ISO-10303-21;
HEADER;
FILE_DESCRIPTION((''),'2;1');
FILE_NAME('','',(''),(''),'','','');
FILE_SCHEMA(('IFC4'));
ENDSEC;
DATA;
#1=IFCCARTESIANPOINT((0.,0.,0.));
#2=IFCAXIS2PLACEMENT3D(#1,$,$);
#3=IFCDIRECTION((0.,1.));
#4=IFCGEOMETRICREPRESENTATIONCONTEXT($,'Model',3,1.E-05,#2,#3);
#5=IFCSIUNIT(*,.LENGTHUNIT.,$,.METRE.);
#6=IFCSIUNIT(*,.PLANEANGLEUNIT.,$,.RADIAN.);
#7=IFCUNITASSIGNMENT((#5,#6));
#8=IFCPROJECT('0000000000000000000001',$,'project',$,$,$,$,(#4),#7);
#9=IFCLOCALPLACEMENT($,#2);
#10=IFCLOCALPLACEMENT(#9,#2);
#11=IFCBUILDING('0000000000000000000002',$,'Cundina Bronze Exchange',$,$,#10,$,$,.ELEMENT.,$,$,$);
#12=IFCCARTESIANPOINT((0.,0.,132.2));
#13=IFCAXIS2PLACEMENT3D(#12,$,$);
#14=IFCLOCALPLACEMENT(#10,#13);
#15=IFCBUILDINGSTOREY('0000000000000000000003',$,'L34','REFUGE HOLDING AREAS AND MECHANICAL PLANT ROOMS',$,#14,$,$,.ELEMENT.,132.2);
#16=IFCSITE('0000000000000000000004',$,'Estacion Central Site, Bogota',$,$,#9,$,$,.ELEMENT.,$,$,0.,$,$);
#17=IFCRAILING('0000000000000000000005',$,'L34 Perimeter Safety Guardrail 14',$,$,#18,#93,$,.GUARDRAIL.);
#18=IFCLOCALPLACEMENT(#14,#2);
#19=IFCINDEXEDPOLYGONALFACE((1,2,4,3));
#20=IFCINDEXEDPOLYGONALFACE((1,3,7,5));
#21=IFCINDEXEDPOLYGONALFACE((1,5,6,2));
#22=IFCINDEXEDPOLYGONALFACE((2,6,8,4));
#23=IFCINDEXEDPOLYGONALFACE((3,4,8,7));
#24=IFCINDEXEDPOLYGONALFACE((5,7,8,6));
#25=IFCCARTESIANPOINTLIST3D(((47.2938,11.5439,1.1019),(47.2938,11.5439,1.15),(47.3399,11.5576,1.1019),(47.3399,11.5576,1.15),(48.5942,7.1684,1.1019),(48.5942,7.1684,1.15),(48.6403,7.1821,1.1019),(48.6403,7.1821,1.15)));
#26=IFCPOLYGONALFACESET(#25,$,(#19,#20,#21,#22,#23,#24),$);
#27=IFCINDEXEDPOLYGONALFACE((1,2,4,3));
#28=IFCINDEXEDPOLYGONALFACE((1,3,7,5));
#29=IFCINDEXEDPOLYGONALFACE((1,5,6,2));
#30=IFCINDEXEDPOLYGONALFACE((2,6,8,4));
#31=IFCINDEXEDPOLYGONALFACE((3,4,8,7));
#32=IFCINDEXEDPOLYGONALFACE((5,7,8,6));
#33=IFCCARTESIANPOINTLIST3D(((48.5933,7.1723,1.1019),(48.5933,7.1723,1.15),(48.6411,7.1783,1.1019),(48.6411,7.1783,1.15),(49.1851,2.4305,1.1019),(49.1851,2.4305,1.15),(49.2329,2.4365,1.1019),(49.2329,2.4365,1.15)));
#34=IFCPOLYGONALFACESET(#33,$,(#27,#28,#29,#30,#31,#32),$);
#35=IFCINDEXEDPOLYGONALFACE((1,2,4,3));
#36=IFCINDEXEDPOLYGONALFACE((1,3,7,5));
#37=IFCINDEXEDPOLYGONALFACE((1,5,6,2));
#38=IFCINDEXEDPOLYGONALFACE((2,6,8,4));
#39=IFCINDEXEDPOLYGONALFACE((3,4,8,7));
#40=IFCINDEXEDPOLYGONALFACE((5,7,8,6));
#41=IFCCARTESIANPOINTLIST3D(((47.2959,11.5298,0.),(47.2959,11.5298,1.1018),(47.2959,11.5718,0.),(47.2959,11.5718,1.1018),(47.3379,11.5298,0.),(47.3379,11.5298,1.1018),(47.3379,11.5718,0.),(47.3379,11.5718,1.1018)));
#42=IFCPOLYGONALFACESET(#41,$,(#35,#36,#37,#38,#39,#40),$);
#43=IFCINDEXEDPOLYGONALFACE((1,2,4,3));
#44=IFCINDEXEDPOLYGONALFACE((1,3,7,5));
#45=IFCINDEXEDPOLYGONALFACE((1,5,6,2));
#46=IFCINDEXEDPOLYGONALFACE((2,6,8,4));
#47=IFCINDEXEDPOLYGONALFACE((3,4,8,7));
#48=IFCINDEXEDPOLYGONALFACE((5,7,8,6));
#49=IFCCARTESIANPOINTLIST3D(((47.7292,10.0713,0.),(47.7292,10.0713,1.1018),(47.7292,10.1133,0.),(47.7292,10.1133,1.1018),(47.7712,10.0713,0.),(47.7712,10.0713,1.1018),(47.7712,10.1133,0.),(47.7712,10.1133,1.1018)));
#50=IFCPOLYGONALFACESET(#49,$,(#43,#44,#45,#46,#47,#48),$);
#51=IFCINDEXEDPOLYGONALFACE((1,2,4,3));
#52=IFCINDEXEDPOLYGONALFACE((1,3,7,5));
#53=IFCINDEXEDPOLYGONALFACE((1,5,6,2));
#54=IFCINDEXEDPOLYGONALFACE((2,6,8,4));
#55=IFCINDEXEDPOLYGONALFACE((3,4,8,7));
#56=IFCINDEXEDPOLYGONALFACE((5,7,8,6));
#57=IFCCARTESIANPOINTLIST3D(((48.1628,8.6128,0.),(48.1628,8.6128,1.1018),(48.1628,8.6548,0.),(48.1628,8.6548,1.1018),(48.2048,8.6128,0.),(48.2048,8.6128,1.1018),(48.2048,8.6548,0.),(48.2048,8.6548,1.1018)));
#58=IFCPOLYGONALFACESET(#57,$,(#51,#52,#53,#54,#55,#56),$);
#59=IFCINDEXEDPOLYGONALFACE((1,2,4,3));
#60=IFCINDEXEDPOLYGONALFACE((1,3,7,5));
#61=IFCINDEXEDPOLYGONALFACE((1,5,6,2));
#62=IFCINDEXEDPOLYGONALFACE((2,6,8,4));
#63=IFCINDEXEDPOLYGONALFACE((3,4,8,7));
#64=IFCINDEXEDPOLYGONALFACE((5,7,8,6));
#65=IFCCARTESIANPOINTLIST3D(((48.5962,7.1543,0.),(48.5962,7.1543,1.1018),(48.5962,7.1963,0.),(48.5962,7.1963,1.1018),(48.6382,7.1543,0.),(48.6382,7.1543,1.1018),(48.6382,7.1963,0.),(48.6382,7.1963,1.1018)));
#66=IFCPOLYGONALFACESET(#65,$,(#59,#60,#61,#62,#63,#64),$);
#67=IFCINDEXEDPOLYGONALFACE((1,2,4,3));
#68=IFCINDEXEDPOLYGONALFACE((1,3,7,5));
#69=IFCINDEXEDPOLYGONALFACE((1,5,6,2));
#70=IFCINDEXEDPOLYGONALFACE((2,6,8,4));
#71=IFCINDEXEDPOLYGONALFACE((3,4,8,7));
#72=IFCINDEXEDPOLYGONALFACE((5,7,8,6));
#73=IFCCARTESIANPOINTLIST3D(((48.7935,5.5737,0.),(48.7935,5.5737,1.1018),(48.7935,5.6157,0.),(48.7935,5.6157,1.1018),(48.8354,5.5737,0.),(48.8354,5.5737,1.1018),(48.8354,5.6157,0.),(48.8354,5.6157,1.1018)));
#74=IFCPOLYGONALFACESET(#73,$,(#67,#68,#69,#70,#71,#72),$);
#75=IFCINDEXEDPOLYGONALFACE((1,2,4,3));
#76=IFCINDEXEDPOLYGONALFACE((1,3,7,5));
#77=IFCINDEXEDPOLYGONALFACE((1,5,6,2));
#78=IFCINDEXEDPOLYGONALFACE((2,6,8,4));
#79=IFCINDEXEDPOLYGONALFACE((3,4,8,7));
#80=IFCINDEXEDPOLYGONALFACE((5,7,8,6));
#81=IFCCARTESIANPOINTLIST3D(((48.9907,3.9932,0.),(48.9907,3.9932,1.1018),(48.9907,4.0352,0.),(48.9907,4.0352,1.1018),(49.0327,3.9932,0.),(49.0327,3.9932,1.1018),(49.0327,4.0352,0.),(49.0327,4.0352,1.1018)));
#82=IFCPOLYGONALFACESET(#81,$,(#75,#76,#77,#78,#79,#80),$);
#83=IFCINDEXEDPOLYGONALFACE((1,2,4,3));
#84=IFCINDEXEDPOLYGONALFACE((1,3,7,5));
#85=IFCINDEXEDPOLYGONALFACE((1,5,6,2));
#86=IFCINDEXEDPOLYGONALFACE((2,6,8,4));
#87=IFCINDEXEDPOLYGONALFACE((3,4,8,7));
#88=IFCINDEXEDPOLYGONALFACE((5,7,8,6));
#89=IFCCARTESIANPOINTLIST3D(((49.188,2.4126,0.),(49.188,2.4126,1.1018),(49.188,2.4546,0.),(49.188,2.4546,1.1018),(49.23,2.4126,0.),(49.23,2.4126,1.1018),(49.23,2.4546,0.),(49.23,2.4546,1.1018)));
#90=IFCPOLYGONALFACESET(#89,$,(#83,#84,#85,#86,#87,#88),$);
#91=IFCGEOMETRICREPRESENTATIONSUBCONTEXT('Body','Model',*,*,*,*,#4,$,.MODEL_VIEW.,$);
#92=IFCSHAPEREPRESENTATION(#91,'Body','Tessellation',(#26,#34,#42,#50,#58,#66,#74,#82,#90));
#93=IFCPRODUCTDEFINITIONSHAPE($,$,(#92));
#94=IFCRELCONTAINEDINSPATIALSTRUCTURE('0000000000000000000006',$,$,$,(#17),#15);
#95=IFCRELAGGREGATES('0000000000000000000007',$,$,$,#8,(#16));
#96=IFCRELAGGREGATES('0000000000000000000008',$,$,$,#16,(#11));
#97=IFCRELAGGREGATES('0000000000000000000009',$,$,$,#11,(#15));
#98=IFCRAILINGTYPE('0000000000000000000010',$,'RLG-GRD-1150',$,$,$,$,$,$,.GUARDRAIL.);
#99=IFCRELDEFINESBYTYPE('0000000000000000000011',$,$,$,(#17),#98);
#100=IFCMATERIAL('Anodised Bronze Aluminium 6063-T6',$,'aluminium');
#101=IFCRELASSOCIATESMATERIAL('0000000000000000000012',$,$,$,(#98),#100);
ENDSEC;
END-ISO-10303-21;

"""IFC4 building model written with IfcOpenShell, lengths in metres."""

from ifc_helpers import new_model, si_unit, direction, frame, origin, origin_2d, place, context, subcontext, project, spatial, rectangle, extrude, material, type_object, element, save


model = new_model("IFC4")

# Units and contexts
model_context = context("Model", 3, precision=1e-05, world=origin(), true_north=direction((0.0, 1.0)))
body_context = subcontext(model_context, "Body", "Model", "MODEL_VIEW")
ifc_project = project(units=[si_unit("LENGTHUNIT", "METRE"), si_unit("PLANEANGLEUNIT", "RADIAN")], contexts=[model_context])

# Site, building, storey
site_placement = place(None, origin())
site = spatial("IfcSite", under=ifc_project, at=site_placement, Name="Estacion Central Site, Bogota", CompositionType="ELEMENT", RefElevation=0.0)
building_placement = place(site_placement, origin())
building = spatial("IfcBuilding", under=site, at=building_placement, Name="Cundina Bronze Exchange", CompositionType="ELEMENT")
storey_placement = place(building_placement, frame((0.0, 0.0, 132.2)))
storey = spatial("IfcBuildingStorey", under=building, at=storey_placement, Name="L34", Description="REFUGE HOLDING AREAS AND MECHANICAL PLANT ROOMS", CompositionType="ELEMENT", Elevation=132.2)

# Railing
ifc_material_1 = material(Name="Anodised Bronze Aluminium 6063-T6", Category="aluminium")
railing_type = type_object("IfcRailingType", Name="RLG-GRD-1150", PredefinedType="GUARDRAIL", material=ifc_material_1)
railing_1_placement = place(storey_placement, frame((47.3169, 11.5508, 0.0)))
element("IfcRailing", 1, at=railing_1_placement, inside=storey, type_object=railing_type, Name="L34 Perimeter Safety Guardrail 14", PredefinedType="GUARDRAIL", context=body_context, shape_type="SweptSolid", body=[
    extrude(rectangle(XDim=0.0481, YDim=0.0481, at=origin_2d()), frame((0.0, 0.0, 1.126), z_axis=(0.284864, -0.958568, 0.0), x_axis=(0.958568, 0.284864, 0.0)), (0.0, 0.0, 1.0), 4.5647),
    extrude(rectangle(XDim=0.0481, YDim=0.0481, at=origin_2d()), frame((1.3003, -4.3755, 1.126), z_axis=(0.123846, -0.992301, 0.0), x_axis=(0.992301, 0.123846, 0.0)), (0.0, 0.0, 1.0), 4.7786),
    extrude(rectangle(XDim=0.042, YDim=0.042, at=origin_2d()), origin(), (0.0, 0.0, 1.0), 1.1018),
    extrude(rectangle(XDim=0.042, YDim=0.042, at=origin_2d()), frame((0.4333, -1.4585, 0.0)), (0.0, 0.0, 1.0), 1.1018),
    extrude(rectangle(XDim=0.042, YDim=0.042, at=origin_2d()), frame((0.8669, -2.917, 0.0)), (0.0, 0.0, 1.0), 1.1018),
    extrude(rectangle(XDim=0.042, YDim=0.042, at=origin_2d()), frame((1.3003, -4.3755, 0.0)), (0.0, 0.0, 1.0), 1.1018),
    extrude(rectangle(XDim=0.042, YDim=0.042, at=origin_2d()), frame((1.4976, -5.9561, 0.0)), (0.0, 0.0, 1.0), 1.1018),
    extrude(rectangle(XDim=0.042, YDim=0.042, at=origin_2d()), frame((1.6948, -7.5366, 0.0)), (0.0, 0.0, 1.0), 1.1018),
    extrude(rectangle(XDim=0.042, YDim=0.042, at=origin_2d()), frame((1.8921, -9.1172, 0.0)), (0.0, 0.0, 1.0), 1.1018),
])

save(model, "model.ifc")
